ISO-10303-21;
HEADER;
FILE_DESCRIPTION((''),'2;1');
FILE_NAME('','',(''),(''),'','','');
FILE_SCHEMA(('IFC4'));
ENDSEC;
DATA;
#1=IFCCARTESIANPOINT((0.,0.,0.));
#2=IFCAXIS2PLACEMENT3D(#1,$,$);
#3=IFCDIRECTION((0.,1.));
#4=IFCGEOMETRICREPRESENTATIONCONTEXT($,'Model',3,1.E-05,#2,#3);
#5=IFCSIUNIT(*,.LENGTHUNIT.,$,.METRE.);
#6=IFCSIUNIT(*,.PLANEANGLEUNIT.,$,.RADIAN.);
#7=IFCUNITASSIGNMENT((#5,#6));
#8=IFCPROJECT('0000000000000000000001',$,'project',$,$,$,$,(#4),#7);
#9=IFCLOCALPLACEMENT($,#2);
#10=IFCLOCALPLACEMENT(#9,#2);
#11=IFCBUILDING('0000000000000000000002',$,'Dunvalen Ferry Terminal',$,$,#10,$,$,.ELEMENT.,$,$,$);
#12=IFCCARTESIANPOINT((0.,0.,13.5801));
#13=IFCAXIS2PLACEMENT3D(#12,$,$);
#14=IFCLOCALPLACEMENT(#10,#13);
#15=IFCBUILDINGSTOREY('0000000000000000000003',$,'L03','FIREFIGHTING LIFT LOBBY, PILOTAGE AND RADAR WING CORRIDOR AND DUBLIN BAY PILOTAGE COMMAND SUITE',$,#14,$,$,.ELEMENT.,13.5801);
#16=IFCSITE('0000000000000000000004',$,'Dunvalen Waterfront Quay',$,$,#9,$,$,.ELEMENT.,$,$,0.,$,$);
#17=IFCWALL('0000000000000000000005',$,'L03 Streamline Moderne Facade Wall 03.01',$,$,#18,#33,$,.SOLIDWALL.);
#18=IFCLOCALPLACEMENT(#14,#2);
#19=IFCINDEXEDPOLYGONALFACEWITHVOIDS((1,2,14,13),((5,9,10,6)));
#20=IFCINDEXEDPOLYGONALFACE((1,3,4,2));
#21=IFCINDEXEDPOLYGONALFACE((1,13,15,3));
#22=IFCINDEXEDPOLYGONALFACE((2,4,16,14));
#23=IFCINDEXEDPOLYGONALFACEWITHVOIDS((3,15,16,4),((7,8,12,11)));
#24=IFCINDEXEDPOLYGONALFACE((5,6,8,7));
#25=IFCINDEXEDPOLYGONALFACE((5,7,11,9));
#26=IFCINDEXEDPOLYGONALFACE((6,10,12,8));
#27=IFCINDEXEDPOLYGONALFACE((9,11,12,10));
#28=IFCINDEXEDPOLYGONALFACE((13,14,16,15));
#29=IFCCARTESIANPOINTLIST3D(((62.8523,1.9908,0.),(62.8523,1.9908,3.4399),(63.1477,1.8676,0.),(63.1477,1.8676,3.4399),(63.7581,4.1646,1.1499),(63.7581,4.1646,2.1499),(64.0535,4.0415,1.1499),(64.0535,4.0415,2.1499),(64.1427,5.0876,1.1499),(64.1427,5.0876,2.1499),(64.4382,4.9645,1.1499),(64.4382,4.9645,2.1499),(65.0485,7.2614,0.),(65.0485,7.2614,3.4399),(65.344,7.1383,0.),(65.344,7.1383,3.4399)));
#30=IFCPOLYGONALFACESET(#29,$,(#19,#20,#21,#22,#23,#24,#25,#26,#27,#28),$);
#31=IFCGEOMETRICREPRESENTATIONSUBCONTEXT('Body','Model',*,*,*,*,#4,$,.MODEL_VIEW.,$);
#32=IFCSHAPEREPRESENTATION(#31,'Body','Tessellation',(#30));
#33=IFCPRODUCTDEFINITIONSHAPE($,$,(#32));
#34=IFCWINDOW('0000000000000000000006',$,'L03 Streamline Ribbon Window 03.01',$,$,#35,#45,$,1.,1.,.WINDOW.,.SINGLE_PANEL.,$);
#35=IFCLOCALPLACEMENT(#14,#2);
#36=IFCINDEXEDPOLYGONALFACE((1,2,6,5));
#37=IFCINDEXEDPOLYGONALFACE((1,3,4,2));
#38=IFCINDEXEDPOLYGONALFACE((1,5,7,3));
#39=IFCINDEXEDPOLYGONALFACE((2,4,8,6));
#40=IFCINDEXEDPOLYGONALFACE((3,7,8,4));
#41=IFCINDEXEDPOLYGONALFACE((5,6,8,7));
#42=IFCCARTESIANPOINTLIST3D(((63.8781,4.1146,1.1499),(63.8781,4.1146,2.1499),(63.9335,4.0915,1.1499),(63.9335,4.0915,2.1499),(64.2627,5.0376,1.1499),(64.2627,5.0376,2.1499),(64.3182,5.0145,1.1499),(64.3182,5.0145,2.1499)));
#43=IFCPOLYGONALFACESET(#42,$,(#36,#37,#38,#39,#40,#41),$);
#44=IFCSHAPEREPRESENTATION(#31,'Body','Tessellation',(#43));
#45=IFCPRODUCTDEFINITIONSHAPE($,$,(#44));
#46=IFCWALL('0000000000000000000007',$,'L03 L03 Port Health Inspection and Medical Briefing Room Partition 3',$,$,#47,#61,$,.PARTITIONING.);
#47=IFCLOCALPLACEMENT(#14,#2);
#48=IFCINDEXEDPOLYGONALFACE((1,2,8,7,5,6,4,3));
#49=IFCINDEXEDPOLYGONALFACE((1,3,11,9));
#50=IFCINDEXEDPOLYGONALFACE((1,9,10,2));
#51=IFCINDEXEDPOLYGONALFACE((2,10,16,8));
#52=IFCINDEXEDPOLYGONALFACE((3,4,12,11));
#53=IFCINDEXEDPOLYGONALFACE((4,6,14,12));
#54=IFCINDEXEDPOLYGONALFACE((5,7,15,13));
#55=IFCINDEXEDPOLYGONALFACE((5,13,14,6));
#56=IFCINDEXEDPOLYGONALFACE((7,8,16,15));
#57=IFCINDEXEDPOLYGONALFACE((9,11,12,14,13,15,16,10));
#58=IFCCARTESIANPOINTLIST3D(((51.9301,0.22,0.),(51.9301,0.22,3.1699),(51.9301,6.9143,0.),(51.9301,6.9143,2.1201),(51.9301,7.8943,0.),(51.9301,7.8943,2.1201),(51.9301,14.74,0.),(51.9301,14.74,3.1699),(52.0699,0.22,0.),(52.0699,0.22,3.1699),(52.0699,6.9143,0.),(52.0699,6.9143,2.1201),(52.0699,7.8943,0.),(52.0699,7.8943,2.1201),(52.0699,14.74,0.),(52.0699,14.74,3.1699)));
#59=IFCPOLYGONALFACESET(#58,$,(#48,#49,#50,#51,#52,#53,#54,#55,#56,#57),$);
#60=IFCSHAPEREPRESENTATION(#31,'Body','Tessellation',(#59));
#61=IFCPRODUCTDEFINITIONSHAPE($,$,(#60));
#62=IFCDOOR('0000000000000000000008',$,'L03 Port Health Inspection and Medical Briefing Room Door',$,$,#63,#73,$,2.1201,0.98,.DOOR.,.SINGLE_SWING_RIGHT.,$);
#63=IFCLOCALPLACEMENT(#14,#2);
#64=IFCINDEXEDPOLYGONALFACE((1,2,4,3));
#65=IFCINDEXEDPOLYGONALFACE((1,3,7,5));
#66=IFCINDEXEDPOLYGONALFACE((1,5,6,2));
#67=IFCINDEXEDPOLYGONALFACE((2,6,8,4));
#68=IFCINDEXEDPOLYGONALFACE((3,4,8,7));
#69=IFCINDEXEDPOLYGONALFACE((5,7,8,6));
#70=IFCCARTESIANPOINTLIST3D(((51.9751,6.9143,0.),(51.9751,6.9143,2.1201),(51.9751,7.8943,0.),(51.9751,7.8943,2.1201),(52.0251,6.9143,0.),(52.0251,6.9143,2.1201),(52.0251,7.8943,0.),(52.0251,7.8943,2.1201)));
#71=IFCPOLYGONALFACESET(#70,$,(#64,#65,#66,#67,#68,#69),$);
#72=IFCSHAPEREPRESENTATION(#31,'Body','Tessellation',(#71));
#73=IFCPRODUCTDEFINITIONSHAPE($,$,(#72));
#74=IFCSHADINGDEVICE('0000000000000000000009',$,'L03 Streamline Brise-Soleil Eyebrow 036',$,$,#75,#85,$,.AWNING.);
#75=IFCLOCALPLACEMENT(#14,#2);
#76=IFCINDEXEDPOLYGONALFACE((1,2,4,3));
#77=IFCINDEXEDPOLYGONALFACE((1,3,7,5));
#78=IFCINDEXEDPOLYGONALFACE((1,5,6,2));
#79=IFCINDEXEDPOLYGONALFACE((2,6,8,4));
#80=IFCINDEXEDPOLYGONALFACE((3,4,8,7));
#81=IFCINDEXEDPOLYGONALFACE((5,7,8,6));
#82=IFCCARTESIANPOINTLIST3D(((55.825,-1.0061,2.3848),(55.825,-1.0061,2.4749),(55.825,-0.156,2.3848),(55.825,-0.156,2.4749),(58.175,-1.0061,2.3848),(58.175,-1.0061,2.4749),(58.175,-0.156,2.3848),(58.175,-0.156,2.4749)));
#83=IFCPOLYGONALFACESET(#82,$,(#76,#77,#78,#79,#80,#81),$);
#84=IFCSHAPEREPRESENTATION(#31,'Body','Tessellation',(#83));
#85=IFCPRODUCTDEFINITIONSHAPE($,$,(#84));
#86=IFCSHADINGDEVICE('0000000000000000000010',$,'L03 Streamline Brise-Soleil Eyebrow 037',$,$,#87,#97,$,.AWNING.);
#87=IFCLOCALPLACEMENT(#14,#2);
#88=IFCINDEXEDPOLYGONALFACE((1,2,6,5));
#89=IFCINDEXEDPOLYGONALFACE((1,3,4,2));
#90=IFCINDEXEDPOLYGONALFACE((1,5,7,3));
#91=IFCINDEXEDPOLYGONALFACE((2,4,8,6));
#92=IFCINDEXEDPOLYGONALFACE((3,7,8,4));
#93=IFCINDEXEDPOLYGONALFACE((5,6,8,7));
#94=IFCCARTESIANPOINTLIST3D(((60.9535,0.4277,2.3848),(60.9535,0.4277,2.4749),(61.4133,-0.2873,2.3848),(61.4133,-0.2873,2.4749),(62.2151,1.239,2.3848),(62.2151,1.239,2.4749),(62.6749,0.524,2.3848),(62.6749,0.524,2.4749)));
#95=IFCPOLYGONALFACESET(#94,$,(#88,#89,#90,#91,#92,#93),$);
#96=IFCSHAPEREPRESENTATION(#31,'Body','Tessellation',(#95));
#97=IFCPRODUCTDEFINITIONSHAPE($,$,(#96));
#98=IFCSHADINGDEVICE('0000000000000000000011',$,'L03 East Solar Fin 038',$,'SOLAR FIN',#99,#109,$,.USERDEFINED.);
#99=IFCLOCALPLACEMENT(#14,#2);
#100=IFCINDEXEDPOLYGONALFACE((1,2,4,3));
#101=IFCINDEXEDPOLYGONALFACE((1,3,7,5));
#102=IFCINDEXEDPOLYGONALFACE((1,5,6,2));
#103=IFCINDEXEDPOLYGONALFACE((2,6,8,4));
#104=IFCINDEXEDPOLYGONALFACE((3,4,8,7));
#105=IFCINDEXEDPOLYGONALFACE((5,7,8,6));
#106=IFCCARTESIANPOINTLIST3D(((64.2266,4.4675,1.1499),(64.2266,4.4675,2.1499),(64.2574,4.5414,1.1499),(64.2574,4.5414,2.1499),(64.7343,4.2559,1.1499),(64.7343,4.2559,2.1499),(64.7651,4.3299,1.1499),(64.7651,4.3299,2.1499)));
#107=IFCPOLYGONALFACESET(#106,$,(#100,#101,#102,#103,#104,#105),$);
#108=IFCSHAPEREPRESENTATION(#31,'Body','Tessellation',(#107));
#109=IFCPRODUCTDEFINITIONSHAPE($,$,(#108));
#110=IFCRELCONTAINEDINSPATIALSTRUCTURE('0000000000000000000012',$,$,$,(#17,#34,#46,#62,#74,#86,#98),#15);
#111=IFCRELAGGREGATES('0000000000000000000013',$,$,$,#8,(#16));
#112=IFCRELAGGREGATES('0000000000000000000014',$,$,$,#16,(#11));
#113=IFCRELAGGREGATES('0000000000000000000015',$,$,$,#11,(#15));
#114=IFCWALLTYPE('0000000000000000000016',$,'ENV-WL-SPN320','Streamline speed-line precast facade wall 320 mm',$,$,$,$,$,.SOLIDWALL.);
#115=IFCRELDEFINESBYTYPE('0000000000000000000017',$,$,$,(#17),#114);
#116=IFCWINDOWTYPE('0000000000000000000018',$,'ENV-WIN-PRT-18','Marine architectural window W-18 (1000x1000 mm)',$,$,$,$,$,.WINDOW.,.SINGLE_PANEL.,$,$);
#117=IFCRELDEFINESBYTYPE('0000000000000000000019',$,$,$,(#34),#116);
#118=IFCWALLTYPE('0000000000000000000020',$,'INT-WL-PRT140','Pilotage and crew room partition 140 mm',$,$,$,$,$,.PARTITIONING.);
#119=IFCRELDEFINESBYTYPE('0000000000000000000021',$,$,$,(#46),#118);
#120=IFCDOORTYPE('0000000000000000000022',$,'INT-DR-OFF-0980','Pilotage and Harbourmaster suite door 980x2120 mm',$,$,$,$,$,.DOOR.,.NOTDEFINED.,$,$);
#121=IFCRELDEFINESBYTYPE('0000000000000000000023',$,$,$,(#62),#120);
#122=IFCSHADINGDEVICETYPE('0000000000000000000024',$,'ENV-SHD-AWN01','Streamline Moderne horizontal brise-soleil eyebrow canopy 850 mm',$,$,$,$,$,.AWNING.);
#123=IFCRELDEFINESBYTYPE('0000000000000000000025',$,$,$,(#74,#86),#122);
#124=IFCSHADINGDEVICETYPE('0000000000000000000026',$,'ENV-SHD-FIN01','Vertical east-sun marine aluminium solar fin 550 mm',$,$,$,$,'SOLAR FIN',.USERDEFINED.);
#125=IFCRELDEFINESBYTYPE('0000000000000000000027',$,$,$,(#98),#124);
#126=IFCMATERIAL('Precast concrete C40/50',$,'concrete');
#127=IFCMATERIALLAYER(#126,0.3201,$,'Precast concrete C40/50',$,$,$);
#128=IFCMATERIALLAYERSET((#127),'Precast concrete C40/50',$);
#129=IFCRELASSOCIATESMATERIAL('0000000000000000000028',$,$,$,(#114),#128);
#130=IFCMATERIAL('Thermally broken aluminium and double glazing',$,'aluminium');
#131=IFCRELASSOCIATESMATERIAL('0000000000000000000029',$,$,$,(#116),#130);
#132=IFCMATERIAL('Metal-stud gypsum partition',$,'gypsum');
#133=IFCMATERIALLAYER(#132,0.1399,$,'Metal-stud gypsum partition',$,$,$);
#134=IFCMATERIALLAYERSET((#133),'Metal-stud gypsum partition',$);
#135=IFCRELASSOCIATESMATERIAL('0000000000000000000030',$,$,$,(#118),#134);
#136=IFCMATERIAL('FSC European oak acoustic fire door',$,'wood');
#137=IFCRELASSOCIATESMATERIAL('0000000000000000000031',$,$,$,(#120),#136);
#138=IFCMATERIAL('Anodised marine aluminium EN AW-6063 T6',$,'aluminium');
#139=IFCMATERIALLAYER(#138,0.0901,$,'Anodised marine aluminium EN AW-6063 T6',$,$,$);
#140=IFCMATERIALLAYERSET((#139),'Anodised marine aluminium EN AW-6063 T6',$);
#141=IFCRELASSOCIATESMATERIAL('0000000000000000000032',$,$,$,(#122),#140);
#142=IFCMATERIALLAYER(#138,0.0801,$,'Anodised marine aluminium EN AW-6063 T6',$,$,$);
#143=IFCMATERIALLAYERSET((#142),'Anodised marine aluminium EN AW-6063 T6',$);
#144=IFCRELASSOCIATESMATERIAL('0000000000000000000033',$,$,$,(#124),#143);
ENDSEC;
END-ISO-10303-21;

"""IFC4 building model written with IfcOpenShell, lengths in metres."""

from ifc_helpers import new_model, si_unit, direction, frame, frame_2d, origin, origin_2d, place, context, subcontext, project, spatial, rectangle, extrude, material, layer, layer_set, type_object, element, fill, save


model = new_model("IFC4")

# Units and contexts
model_context = context("Model", 3, precision=1e-05, world=origin(), true_north=direction((0.0, 1.0)))
body_context = subcontext(model_context, "Body", "Model", "MODEL_VIEW")
ifc_project = project(units=[si_unit("LENGTHUNIT", "METRE"), si_unit("PLANEANGLEUNIT", "RADIAN")], contexts=[model_context])

# Site, building, storey
site_placement = place(None, origin())
site = spatial("IfcSite", under=ifc_project, at=site_placement, Name="Dunvalen Waterfront Quay", CompositionType="ELEMENT", RefElevation=0.0)
building_placement = place(site_placement, origin())
building = spatial("IfcBuilding", under=site, at=building_placement, Name="Dunvalen Ferry Terminal", CompositionType="ELEMENT")
storey_placement = place(building_placement, frame((0.0, 0.0, 13.5801)))
storey = spatial("IfcBuildingStorey", under=building, at=storey_placement, Name="L03", Description="FIREFIGHTING LIFT LOBBY, PILOTAGE AND RADAR WING CORRIDOR AND DUBLIN BAY PILOTAGE COMMAND SUITE", CompositionType="ELEMENT", Elevation=13.5801)

# Shared definitions
ifc_material_1 = material(Name="Precast concrete C40/50", Category="concrete")
ifc_layer_1 = layer(ifc_material_1, 0.3201, Name="Precast concrete C40/50")
ifc_layer_set_1 = layer_set([ifc_layer_1], Name="Precast concrete C40/50")
wall_type_1 = type_object("IfcWallType", Name="ENV-WL-SPN320", Description="Streamline speed-line precast facade wall 320 mm", PredefinedType="SOLIDWALL", material=ifc_layer_set_1)

# Wall, opening, window
ifc_material_2 = material(Name="Thermally broken aluminium and double glazing", Category="aluminium")
wall_1_placement = place(storey_placement, frame((63.0, 1.9292, 0.0), z_axis=(0.0, 0.0, 1.0), x_axis=(0.384637, 0.923068, 0.0)))
wall_1 = element("IfcWall", 1, at=wall_1_placement, inside=storey, type_object=wall_type_1, Name="L03 Streamline Moderne Facade Wall 03.01", PredefinedType="SOLIDWALL", context=body_context, shape_type="SweptSolid", body=[
    extrude(rectangle(XDim=5.71, YDim=0.3201, at=frame_2d((2.855, 0.0))), origin(), (0.0, 0.0, 1.0), 3.4399),
])
opening_1_placement = place(wall_1_placement, frame((2.355, 0.0, 1.1499)))
opening_1 = element("IfcOpeningElement", 2, at=opening_1_placement, cuts=wall_1, PredefinedType="OPENING", context=body_context, shape_type="SweptSolid", body=[
    extrude(rectangle(XDim=1.0, YDim=1.0, at=frame_2d((0.5, 0.5))), frame((0.0, 0.1699, 0.0), z_axis=(0.0, -1.0, 0.0), x_axis=(1.0, 0.0, 0.0)), (0.0, 0.0, 1.0), 0.3401),
])
window_type_1 = type_object("IfcWindowType", Name="ENV-WIN-PRT-18", Description="Marine architectural window W-18 (1000x1000 mm)", PartitioningType="SINGLE_PANEL", PredefinedType="WINDOW", material=ifc_material_2)
window_1_placement = place(opening_1_placement, origin())
window_1 = element("IfcWindow", 3, at=window_1_placement, inside=storey, type_object=window_type_1, Name="L03 Streamline Ribbon Window 03.01", OverallHeight=1.0, OverallWidth=1.0, PartitioningType="SINGLE_PANEL", PredefinedType="WINDOW", context=body_context, shape_type="SweptSolid", body=[
    extrude(rectangle(XDim=1.0, YDim=1.0, at=frame_2d((0.5, 0.5))), frame((0.0, 0.03, 0.0), z_axis=(0.0, -1.0, 0.0), x_axis=(1.0, 0.0, 0.0)), (0.0, 0.0, 1.0), 0.0601),
])
fill(opening_1, window_1)

# Wall, opening, door
ifc_material_3 = material(Name="Metal-stud gypsum partition", Category="gypsum")
ifc_layer_2 = layer(ifc_material_3, 0.1399, Name="Metal-stud gypsum partition")
ifc_layer_set_2 = layer_set([ifc_layer_2], Name="Metal-stud gypsum partition")
wall_type_2 = type_object("IfcWallType", Name="INT-WL-PRT140", Description="Pilotage and crew room partition 140 mm", PredefinedType="PARTITIONING", material=ifc_layer_set_2)
wall_2_placement = place(storey_placement, frame((52.0, 0.22, 0.0), z_axis=(0.0, 0.0, 1.0), x_axis=(0.0, 1.0, 0.0)))
wall_2 = element("IfcWall", 4, at=wall_2_placement, inside=storey, type_object=wall_type_2, Name="L03 L03 Port Health Inspection and Medical Briefing Room Partition 3", PredefinedType="PARTITIONING", context=body_context, shape_type="SweptSolid", body=[
    extrude(rectangle(XDim=14.52, YDim=0.1399, at=frame_2d((7.26, 0.0))), origin(), (0.0, 0.0, 1.0), 3.1699),
])
opening_2_placement = place(wall_2_placement, frame((6.6943, 0.0, 0.0)))
opening_2 = element("IfcOpeningElement", 5, at=opening_2_placement, cuts=wall_2, PredefinedType="OPENING", context=body_context, shape_type="SweptSolid", body=[
    extrude(rectangle(XDim=0.98, YDim=2.1201, at=frame_2d((0.49, 1.0601))), frame((0.0, 0.0801, 0.0), z_axis=(0.0, -1.0, 0.0), x_axis=(1.0, 0.0, 0.0)), (0.0, 0.0, 1.0), 0.1599),
])
ifc_material_4 = material(Name="FSC European oak acoustic fire door", Category="wood")
door_type = type_object("IfcDoorType", Name="INT-DR-OFF-0980", Description="Pilotage and Harbourmaster suite door 980x2120 mm", OperationType="NOTDEFINED", PredefinedType="DOOR", material=ifc_material_4)
door_placement = place(opening_2_placement, origin())
door = element("IfcDoor", 6, at=door_placement, inside=storey, type_object=door_type, Name="L03 Port Health Inspection and Medical Briefing Room Door", OperationType="SINGLE_SWING_RIGHT", OverallHeight=2.1201, OverallWidth=0.98, PredefinedType="DOOR", context=body_context, shape_type="SweptSolid", body=[
    extrude(rectangle(XDim=0.98, YDim=2.1201, at=frame_2d((0.49, 1.0601))), frame((0.0, 0.0249, 0.0), z_axis=(0.0, -1.0, 0.0), x_axis=(1.0, 0.0, 0.0)), (0.0, 0.0, 1.0), 0.05),
])
fill(opening_2, door)

# Shading devices
ifc_material_5 = material(Name="Anodised marine aluminium EN AW-6063 T6", Category="aluminium")
ifc_layer_3 = layer(ifc_material_5, 0.0901, Name="Anodised marine aluminium EN AW-6063 T6")
ifc_layer_set_3 = layer_set([ifc_layer_3], Name="Anodised marine aluminium EN AW-6063 T6")
shading_device_type_1 = type_object("IfcShadingDeviceType", Name="ENV-SHD-AWN01", Description="Streamline Moderne horizontal brise-soleil eyebrow canopy 850 mm", PredefinedType="AWNING", material=ifc_layer_set_3)
shading_device_1_placement = place(storey_placement, frame((57.0, -0.5811, 2.3848), z_axis=(0.0, 0.0, 1.0), x_axis=(1.0, 0.0, 0.0)))
element("IfcShadingDevice", 7, at=shading_device_1_placement, inside=storey, type_object=shading_device_type_1, Name="L03 Streamline Brise-Soleil Eyebrow 036", PredefinedType="AWNING", context=body_context, shape_type="SweptSolid", body=[
    extrude(rectangle(XDim=2.3501, YDim=0.8501, at=origin_2d()), origin(), (0.0, 0.0, 1.0), 0.0901),
])
shading_device_2_placement = place(storey_placement, frame((61.8142, 0.4758, 2.3848), z_axis=(0.0, 0.0, 1.0), x_axis=(0.841098, 0.540882, 0.0)))
element("IfcShadingDevice", 8, at=shading_device_2_placement, inside=storey, type_object=shading_device_type_1, Name="L03 Streamline Brise-Soleil Eyebrow 037", PredefinedType="AWNING", context=body_context, shape_type="SweptSolid", body=[
    extrude(rectangle(XDim=1.5, YDim=0.8501, at=origin_2d()), origin(), (0.0, 0.0, 1.0), 0.0901),
])
ifc_layer_4 = layer(ifc_material_5, 0.0801, Name="Anodised marine aluminium EN AW-6063 T6")
ifc_layer_set_4 = layer_set([ifc_layer_4], Name="Anodised marine aluminium EN AW-6063 T6")
shading_device_type_2 = type_object("IfcShadingDeviceType", Name="ENV-SHD-FIN01", Description="Vertical east-sun marine aluminium solar fin 550 mm", ElementType="SOLAR FIN", PredefinedType="USERDEFINED", material=ifc_layer_set_4)
shading_device_3_placement = place(storey_placement, frame((64.4958, 4.3987, 1.1499), z_axis=(0.0, 0.0, 1.0), x_axis=(0.38462, 0.923075, 0.0)))
element("IfcShadingDevice", 9, at=shading_device_3_placement, inside=storey, type_object=shading_device_type_2, Name="L03 East Solar Fin 038", ObjectType="SOLAR FIN", PredefinedType="USERDEFINED", context=body_context, shape_type="SweptSolid", body=[
    extrude(rectangle(XDim=0.0801, YDim=0.55, at=origin_2d()), origin(), (0.0, 0.0, 1.0), 1.0),
])

save(model, "model.ifc")
